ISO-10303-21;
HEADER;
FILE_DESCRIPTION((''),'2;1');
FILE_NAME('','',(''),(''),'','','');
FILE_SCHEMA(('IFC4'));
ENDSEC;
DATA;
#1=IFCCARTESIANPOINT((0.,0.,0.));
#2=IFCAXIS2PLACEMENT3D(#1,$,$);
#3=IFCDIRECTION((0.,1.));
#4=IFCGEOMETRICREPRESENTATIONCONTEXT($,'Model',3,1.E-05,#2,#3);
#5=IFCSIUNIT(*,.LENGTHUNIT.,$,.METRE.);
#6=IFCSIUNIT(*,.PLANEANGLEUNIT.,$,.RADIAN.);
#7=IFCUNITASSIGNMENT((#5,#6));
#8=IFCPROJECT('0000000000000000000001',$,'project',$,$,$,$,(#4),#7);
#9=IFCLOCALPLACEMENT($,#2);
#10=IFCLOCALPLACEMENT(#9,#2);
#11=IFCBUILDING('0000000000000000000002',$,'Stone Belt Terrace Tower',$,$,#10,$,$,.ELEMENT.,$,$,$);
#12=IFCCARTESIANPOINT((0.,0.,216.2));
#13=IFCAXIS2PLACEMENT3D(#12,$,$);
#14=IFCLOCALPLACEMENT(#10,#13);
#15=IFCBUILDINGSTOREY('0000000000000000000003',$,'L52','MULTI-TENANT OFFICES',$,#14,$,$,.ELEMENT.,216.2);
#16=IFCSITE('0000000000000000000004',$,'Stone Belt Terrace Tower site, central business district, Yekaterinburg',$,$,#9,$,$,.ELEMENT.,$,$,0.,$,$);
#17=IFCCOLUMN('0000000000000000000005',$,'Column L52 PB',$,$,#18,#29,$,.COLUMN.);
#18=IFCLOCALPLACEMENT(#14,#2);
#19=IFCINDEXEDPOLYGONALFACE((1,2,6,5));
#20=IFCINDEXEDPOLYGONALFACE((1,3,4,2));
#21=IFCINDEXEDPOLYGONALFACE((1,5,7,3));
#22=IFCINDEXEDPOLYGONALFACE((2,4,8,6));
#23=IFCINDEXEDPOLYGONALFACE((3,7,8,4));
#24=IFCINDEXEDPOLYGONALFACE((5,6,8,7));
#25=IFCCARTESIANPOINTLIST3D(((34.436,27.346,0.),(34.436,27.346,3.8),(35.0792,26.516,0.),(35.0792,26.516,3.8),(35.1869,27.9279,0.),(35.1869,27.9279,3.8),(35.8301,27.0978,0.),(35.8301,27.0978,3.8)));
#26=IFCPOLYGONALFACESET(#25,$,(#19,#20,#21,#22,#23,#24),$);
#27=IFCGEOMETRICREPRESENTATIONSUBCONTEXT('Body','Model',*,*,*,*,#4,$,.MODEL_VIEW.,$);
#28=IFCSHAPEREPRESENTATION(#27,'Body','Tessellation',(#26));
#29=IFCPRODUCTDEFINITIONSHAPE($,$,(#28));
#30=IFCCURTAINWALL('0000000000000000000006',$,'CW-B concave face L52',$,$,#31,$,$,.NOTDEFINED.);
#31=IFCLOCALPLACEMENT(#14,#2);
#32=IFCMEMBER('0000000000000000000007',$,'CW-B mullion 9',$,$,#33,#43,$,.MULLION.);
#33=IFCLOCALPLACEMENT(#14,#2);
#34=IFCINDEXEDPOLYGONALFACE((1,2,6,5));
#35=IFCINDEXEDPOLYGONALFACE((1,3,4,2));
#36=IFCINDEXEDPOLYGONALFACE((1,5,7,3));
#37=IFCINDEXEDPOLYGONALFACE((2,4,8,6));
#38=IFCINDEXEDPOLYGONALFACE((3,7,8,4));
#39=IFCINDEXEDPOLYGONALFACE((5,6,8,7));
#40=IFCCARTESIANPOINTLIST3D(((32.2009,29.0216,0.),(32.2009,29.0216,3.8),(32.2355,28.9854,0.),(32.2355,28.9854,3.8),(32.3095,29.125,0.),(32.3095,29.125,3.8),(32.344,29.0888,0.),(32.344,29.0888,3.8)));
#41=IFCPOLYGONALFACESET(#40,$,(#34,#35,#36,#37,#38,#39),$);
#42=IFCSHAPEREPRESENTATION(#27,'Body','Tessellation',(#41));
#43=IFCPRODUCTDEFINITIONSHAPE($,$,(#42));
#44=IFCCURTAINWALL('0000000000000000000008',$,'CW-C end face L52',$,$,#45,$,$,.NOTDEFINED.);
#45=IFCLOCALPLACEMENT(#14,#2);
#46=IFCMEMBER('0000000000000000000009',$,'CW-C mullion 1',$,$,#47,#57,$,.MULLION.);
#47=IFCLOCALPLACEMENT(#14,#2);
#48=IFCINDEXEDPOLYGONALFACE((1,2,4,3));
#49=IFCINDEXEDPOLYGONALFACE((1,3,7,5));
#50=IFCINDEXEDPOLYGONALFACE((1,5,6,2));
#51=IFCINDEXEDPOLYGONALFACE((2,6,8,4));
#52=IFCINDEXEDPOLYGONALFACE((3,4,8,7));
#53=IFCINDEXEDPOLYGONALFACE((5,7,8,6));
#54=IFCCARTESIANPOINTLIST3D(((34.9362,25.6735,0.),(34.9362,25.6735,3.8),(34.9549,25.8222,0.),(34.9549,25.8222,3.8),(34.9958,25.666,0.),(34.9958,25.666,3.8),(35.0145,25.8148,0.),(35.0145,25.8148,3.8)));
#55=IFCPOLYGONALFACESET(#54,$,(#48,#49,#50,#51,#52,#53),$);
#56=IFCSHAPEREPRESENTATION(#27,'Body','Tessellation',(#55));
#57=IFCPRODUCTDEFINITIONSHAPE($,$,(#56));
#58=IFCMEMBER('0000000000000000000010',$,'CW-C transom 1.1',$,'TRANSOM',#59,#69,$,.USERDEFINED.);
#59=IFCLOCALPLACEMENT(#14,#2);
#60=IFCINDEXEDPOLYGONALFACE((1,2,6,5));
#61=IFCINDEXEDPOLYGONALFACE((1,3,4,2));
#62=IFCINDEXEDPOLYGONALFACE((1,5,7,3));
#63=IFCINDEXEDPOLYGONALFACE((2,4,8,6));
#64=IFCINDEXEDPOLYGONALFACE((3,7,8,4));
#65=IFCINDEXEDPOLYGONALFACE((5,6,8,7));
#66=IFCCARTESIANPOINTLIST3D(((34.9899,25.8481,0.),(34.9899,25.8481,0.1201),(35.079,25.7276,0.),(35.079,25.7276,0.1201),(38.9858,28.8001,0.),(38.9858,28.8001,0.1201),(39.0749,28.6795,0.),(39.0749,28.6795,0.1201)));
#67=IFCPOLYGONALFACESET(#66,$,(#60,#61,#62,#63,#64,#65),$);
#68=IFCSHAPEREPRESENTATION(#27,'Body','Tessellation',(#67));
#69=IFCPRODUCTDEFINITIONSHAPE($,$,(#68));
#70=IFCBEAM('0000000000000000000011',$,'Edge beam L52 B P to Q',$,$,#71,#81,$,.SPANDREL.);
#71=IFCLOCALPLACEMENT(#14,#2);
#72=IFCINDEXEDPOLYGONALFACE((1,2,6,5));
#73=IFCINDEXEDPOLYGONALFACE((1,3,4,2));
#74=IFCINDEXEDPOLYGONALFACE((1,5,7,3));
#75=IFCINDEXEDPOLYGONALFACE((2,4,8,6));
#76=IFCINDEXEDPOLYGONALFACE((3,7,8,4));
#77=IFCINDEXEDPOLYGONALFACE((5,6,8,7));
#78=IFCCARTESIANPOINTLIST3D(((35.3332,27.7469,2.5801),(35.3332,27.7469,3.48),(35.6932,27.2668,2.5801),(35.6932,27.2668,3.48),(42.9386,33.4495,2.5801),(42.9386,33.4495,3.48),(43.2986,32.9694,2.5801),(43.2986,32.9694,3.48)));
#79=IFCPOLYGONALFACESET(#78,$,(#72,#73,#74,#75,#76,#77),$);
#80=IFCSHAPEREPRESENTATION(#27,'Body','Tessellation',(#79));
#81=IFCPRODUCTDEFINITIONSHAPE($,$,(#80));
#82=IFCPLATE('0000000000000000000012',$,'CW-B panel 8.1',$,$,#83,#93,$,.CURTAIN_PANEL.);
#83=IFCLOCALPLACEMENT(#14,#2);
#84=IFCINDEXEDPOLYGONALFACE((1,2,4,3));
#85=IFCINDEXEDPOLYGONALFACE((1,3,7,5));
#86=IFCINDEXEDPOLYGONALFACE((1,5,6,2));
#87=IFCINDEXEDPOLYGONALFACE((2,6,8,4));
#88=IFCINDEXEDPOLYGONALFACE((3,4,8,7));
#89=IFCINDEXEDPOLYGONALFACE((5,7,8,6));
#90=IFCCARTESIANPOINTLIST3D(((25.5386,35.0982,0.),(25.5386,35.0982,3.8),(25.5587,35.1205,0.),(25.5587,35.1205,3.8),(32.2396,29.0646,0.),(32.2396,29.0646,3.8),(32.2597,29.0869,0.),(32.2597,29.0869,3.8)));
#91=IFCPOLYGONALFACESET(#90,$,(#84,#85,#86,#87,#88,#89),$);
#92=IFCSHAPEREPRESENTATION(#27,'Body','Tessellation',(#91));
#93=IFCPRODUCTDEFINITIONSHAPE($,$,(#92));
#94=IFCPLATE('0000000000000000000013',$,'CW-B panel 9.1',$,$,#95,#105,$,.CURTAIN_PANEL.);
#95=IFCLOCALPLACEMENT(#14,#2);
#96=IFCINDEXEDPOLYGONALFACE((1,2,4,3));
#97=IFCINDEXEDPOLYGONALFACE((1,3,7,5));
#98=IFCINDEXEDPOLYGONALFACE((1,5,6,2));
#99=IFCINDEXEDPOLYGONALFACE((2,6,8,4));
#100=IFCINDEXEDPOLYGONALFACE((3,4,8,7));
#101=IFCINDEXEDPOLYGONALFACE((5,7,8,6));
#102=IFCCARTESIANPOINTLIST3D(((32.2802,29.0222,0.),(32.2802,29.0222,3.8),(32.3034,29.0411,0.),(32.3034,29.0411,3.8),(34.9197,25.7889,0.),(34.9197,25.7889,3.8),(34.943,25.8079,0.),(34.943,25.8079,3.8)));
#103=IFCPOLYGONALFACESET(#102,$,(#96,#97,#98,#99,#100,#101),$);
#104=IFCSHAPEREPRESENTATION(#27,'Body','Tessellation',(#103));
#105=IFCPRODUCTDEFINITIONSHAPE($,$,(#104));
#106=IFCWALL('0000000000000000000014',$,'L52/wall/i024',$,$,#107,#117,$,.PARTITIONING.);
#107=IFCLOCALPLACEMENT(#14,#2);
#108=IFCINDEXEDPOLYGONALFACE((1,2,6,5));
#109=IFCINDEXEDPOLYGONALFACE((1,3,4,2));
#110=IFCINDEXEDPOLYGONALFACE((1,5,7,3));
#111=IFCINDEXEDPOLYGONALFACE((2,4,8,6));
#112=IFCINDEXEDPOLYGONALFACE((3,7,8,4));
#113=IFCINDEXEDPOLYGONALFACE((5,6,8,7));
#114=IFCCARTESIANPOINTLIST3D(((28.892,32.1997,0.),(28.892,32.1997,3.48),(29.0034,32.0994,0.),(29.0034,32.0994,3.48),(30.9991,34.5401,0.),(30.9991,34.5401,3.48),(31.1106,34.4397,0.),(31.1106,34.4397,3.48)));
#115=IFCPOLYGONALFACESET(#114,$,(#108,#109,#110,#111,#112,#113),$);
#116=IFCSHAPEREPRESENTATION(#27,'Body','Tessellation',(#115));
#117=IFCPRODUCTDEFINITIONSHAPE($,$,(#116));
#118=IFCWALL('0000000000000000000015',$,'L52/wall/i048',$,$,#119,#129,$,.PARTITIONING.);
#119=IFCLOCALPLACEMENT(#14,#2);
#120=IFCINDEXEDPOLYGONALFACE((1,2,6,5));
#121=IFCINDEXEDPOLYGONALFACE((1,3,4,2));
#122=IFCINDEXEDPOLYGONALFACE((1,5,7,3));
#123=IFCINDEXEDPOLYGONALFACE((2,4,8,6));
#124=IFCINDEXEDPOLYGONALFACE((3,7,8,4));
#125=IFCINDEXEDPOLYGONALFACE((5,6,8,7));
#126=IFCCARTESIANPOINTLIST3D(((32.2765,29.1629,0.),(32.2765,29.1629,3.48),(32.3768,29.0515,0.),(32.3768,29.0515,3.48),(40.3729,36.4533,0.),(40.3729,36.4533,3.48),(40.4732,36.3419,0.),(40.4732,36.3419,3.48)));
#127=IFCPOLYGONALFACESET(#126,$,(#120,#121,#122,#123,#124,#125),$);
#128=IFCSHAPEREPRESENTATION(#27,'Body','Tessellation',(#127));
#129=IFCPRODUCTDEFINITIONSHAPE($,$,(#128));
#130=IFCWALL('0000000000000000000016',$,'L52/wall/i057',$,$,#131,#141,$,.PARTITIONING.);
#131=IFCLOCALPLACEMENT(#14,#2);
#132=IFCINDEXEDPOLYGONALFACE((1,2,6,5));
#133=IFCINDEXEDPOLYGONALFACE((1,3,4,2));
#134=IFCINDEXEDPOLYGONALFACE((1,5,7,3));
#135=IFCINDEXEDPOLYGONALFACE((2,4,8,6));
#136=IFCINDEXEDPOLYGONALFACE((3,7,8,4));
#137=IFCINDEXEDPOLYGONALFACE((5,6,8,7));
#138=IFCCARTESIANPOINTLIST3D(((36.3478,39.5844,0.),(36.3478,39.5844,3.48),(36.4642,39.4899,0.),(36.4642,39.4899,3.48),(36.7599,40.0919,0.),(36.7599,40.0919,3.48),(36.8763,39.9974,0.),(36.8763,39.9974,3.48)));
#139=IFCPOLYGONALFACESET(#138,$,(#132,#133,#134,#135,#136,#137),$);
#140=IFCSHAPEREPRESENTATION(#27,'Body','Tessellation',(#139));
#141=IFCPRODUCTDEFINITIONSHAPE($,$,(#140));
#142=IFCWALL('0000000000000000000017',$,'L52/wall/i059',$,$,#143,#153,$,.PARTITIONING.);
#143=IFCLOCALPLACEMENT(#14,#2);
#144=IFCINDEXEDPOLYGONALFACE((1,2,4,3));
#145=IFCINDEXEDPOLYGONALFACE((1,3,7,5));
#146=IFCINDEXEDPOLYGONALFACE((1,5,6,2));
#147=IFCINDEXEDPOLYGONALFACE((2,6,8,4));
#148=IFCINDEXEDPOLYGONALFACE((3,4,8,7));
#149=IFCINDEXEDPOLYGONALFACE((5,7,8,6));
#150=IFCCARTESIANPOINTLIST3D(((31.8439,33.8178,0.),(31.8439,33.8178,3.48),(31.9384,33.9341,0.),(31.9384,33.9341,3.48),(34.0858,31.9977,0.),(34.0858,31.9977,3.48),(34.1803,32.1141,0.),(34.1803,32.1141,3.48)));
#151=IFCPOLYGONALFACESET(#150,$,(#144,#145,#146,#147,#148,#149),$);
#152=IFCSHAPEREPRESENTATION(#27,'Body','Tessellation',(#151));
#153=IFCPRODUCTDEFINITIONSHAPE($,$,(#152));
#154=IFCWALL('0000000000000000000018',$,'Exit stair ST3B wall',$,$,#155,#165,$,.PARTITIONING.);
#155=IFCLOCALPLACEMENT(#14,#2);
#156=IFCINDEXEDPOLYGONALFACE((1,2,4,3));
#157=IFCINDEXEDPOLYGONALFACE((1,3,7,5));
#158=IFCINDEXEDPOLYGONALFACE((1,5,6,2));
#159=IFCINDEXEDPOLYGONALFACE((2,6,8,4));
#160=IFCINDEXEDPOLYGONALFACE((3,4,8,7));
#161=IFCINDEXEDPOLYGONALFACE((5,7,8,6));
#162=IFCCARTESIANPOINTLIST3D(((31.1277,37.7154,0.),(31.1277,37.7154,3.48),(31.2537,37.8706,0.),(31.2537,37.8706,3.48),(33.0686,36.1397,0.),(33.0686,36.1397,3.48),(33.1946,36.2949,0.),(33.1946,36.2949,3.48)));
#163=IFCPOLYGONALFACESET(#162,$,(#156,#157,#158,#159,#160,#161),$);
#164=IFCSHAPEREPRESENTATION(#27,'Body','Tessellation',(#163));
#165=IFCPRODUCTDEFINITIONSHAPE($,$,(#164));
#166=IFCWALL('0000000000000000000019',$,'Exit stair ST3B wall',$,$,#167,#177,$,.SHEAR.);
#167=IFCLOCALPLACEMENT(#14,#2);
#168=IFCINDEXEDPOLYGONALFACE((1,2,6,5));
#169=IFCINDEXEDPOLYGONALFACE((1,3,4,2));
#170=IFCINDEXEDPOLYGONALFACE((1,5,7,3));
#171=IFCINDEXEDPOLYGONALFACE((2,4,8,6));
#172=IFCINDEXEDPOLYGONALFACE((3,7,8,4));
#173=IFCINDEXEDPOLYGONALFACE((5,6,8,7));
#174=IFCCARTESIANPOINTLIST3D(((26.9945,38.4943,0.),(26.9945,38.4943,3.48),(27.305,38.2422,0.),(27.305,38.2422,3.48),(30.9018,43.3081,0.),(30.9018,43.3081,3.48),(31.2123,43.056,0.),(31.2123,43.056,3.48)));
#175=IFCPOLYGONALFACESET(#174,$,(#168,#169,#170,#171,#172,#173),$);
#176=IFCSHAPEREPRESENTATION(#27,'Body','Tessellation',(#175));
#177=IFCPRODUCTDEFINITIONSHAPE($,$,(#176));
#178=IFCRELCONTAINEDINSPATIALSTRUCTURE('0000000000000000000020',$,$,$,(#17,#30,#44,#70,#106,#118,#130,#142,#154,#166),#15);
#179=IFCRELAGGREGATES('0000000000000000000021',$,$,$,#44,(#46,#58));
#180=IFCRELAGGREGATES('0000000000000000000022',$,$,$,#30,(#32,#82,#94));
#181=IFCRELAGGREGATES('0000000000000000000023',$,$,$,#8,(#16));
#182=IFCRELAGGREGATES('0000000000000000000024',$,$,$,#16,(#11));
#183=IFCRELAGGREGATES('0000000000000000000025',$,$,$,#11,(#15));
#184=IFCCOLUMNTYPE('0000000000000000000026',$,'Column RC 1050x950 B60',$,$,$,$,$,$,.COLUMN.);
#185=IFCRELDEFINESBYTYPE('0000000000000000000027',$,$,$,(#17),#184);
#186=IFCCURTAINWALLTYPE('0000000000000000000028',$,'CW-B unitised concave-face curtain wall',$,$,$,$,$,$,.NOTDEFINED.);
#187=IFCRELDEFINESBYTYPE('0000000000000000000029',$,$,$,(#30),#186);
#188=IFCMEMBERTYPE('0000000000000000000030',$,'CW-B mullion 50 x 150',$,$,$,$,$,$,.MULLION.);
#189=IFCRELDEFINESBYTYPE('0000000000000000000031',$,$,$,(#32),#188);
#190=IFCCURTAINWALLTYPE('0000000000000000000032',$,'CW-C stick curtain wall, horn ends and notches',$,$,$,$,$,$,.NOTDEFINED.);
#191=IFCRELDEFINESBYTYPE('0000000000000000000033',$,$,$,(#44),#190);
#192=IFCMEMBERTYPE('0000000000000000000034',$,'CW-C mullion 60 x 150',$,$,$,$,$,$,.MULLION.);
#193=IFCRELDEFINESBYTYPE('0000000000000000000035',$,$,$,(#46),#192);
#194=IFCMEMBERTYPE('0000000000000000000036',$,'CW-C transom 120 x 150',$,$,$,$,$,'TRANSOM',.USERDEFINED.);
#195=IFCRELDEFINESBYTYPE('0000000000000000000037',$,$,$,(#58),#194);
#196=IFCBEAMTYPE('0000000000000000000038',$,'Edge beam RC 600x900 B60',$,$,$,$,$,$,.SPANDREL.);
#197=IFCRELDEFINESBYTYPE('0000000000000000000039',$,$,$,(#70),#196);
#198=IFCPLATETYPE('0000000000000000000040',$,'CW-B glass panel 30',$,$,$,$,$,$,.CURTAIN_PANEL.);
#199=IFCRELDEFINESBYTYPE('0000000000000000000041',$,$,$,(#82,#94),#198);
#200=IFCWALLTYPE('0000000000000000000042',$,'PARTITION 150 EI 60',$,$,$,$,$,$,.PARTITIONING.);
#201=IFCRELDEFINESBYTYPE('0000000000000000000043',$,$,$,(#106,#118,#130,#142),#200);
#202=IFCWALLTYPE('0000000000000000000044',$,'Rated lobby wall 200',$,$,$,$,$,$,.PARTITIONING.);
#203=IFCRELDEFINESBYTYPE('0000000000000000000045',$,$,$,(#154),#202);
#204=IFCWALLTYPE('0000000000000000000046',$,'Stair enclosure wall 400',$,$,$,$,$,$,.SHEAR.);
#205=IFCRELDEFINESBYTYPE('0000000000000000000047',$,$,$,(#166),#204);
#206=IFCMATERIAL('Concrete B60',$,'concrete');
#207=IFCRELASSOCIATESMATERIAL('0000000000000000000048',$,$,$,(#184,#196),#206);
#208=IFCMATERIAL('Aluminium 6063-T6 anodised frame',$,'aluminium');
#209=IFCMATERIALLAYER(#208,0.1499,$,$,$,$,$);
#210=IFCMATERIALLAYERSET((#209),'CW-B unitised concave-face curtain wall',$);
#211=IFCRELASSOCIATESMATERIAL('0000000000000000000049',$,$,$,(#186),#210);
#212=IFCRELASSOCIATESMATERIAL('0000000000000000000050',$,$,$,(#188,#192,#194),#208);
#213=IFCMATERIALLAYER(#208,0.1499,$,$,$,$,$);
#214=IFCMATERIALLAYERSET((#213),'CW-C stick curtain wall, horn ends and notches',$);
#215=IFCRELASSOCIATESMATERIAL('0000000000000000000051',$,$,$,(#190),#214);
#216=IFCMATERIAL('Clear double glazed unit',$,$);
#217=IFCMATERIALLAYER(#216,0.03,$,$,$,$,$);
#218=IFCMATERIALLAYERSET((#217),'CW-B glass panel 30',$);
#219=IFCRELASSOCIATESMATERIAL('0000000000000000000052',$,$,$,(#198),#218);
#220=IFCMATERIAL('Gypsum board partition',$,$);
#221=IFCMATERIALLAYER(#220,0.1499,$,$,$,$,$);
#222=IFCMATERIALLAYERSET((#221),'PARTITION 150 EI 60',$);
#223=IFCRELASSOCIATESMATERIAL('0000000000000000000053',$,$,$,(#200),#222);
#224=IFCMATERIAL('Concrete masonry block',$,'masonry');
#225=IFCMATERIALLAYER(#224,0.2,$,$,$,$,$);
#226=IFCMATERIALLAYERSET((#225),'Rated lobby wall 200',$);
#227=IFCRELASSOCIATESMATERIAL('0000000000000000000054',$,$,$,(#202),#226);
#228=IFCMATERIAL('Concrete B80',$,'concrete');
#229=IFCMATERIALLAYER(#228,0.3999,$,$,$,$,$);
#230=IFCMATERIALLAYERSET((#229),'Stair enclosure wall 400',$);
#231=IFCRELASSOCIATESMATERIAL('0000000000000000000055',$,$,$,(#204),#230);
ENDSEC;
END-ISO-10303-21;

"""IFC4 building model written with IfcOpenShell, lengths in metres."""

from ifc_helpers import new_model, si_unit, direction, frame, frame_2d, origin, origin_2d, place, context, subcontext, project, spatial, rectangle, extrude, material, layer, layer_set, material_profile, profile_set, type_object, element, aggregate, save


model = new_model("IFC4")

# Units and contexts
model_context = context("Model", 3, precision=1e-05, world=origin(), true_north=direction((0.0, 1.0)))
body_context = subcontext(model_context, "Body", "Model", "MODEL_VIEW")
ifc_project = project(units=[si_unit("LENGTHUNIT", "METRE"), si_unit("PLANEANGLEUNIT", "RADIAN")], contexts=[model_context])

# Site, building, storey
site_placement = place(None, origin())
site = spatial("IfcSite", under=ifc_project, at=site_placement, Name="Stone Belt Terrace Tower site, central business district, Yekaterinburg", CompositionType="ELEMENT", RefElevation=0.0)
building_placement = place(site_placement, origin())
building = spatial("IfcBuilding", under=site, at=building_placement, Name="Stone Belt Terrace Tower", CompositionType="ELEMENT")
storey_placement = place(building_placement, frame((0.0, 0.0, 216.2)))
storey = spatial("IfcBuildingStorey", under=building, at=storey_placement, Name="L52", Description="MULTI-TENANT OFFICES", CompositionType="ELEMENT", Elevation=216.2)

# Column
ifc_material_1 = material(Name="Concrete B60", Category="concrete")
ifc_material_profile_1 = material_profile(ifc_material_1, rectangle(XDim=1.05, YDim=0.95, at=origin_2d()), Name="RC 1050x950")
ifc_profile_set_1 = profile_set([ifc_material_profile_1], Name="Concrete B60")
column_type = type_object("IfcColumnType", Name="Column RC 1050x950 B60", PredefinedType="COLUMN", material=ifc_profile_set_1)
column_placement = place(storey_placement, frame((35.1331, 27.2219, 0.0), z_axis=(0.0, 0.0, 1.0), x_axis=(0.612485, -0.790482, 0.0)))
element("IfcColumn", 1, at=column_placement, inside=storey, type_object=column_type, Name="Column L52 PB", PredefinedType="COLUMN", context=body_context, shape_type="SweptSolid", body=[
    extrude(rectangle(XDim=1.05, YDim=0.95, at=origin_2d()), origin(), (0.0, 0.0, 1.0), 3.8),
])

# Curtain wall, member
ifc_material_2 = material(Name="Aluminium 6063-T6 anodised frame", Category="aluminium")
ifc_layer_1 = layer(ifc_material_2, 0.1499)
ifc_layer_set_1 = layer_set([ifc_layer_1], Name="CW-B unitised concave-face curtain wall")
curtain_wall_type_1 = type_object("IfcCurtainWallType", Name="CW-B unitised concave-face curtain wall", PredefinedType="NOTDEFINED", material=ifc_layer_set_1)
curtain_wall_1_placement = place(storey_placement, origin())
curtain_wall_1 = element("IfcCurtainWall", 2, at=curtain_wall_1_placement, inside=storey, type_object=curtain_wall_type_1, Name="CW-B concave face L52", PredefinedType="NOTDEFINED")
ifc_material_profile_2 = material_profile(ifc_material_2, rectangle(XDim=0.1499, YDim=0.05, at=origin_2d()), Name="Aluminium 6063-T6 50x150")
ifc_profile_set_2 = profile_set([ifc_material_profile_2], Name="Aluminium 6063-T6 anodised frame")
member_type_1 = type_object("IfcMemberType", Name="CW-B mullion 50 x 150", PredefinedType="MULLION", material=ifc_profile_set_2)
member_1_placement = place(storey_placement, frame((32.2725, 29.0552, 0.0), z_axis=(0.0, 0.0, 1.0), x_axis=(0.724008, 0.689792, 0.0)))
member_1 = element("IfcMember", 3, at=member_1_placement, type_object=member_type_1, Name="CW-B mullion 9", PredefinedType="MULLION", context=body_context, shape_type="SweptSolid", body=[
    extrude(rectangle(XDim=0.1499, YDim=0.05, at=origin_2d()), origin(), (0.0, 0.0, 1.0), 3.8),
])

# Curtain wall, members
ifc_layer_2 = layer(ifc_material_2, 0.1499)
ifc_layer_set_2 = layer_set([ifc_layer_2], Name="CW-C stick curtain wall, horn ends and notches")
curtain_wall_type_2 = type_object("IfcCurtainWallType", Name="CW-C stick curtain wall, horn ends and notches", PredefinedType="NOTDEFINED", material=ifc_layer_set_2)
curtain_wall_2_placement = place(storey_placement, origin())
curtain_wall_2 = element("IfcCurtainWall", 4, at=curtain_wall_2_placement, inside=storey, type_object=curtain_wall_type_2, Name="CW-C end face L52", PredefinedType="NOTDEFINED")
ifc_material_profile_3 = material_profile(ifc_material_2, rectangle(XDim=0.1499, YDim=0.0601, at=origin_2d()), Name="Aluminium 6063-T6 60x150")
ifc_profile_set_3 = profile_set([ifc_material_profile_3], Name="Aluminium 6063-T6 anodised frame")
member_type_2 = type_object("IfcMemberType", Name="CW-C mullion 60 x 150", PredefinedType="MULLION", material=ifc_profile_set_3)
member_2_placement = place(storey_placement, frame((34.9753, 25.7441, 0.0), z_axis=(0.0, 0.0, 1.0), x_axis=(0.124626, 0.992204, 0.0)))
member_2 = element("IfcMember", 5, at=member_2_placement, type_object=member_type_2, Name="CW-C mullion 1", PredefinedType="MULLION", context=body_context, shape_type="SweptSolid", body=[
    extrude(rectangle(XDim=0.1499, YDim=0.0601, at=origin_2d()), origin(), (0.0, 0.0, 1.0), 3.8),
])
ifc_material_profile_4 = material_profile(ifc_material_2, rectangle(XDim=0.1499, YDim=0.1201, at=origin_2d()), Name="Aluminium 6063-T6 150x120")
ifc_profile_set_4 = profile_set([ifc_material_profile_4], Name="Aluminium 6063-T6 anodised frame")
member_type_3 = type_object("IfcMemberType", Name="CW-C transom 120 x 150", ElementType="TRANSOM", PredefinedType="USERDEFINED", material=ifc_profile_set_4)
member_3_placement = place(storey_placement, frame((35.0344, 25.7878, 0.0601), z_axis=(0.804325, 0.594189, 0.0), x_axis=(-0.594189, 0.804325, 0.0)))
member_3 = element("IfcMember", 6, at=member_3_placement, type_object=member_type_3, Name="CW-C transom 1.1", ObjectType="TRANSOM", PredefinedType="USERDEFINED", context=body_context, shape_type="SweptSolid", body=[
    extrude(rectangle(XDim=0.1499, YDim=0.1201, at=origin_2d()), origin(), (0.0, 0.0, 1.0), 4.968),
])
aggregate(curtain_wall_2, [member_2, member_3])

# Beam
ifc_material_profile_5 = material_profile(ifc_material_1, rectangle(XDim=0.6001, YDim=0.8999, at=origin_2d()), Name="RC 600x900")
ifc_profile_set_5 = profile_set([ifc_material_profile_5], Name="Concrete B60")
beam_type = type_object("IfcBeamType", Name="Edge beam RC 600x900 B60", PredefinedType="SPANDREL", material=ifc_profile_set_5)
beam_placement = place(storey_placement, frame((35.5132, 27.5068, 3.03), z_axis=(0.800074, 0.599901, 0.0), x_axis=(-0.599901, 0.800074, 0.0)))
element("IfcBeam", 7, at=beam_placement, inside=storey, type_object=beam_type, Name="Edge beam L52 B P to Q", PredefinedType="SPANDREL", context=body_context, shape_type="SweptSolid", body=[
    extrude(rectangle(XDim=0.6001, YDim=0.8999, at=origin_2d()), origin(), (0.0, 0.0, 1.0), 9.5059),
])

# Plates
ifc_material_3 = material(Name="Clear double glazed unit")
ifc_layer_3 = layer(ifc_material_3, 0.03)
ifc_layer_set_3 = layer_set([ifc_layer_3], Name="CW-B glass panel 30")
plate_type = type_object("IfcPlateType", Name="CW-B glass panel 30", PredefinedType="CURTAIN_PANEL", material=ifc_layer_set_3)
plate_1_placement = place(storey_placement, frame((28.8992, 32.0925, 0.0), z_axis=(0.0, 0.0, 1.0), x_axis=(0.743145, -0.669131, 0.0)))
plate_1 = element("IfcPlate", 8, at=plate_1_placement, type_object=plate_type, Name="CW-B panel 8.1", PredefinedType="CURTAIN_PANEL", context=body_context, shape_type="SweptSolid", body=[
    extrude(rectangle(XDim=9.0171, YDim=0.03, at=origin_2d()), origin(), (0.0, 0.0, 1.0), 3.8),
])
plate_2_placement = place(storey_placement, frame((33.6116, 27.415, 0.0), z_axis=(0.0, 0.0, 1.0), x_axis=(0.632398, -0.774644, 0.0)))
plate_2 = element("IfcPlate", 9, at=plate_2_placement, type_object=plate_type, Name="CW-B panel 9.1", PredefinedType="CURTAIN_PANEL", context=body_context, shape_type="SweptSolid", body=[
    extrude(rectangle(XDim=4.1738, YDim=0.03, at=origin_2d()), origin(), (0.0, 0.0, 1.0), 3.8),
])
aggregate(curtain_wall_1, [member_1, plate_1, plate_2])

# Walls
ifc_material_4 = material(Name="Gypsum board partition")
ifc_layer_4 = layer(ifc_material_4, 0.1499)
ifc_layer_set_4 = layer_set([ifc_layer_4], Name="PARTITION 150 EI 60")
wall_type_1 = type_object("IfcWallType", Name="PARTITION 150 EI 60", PredefinedType="PARTITIONING", material=ifc_layer_set_4)
wall_1_placement = place(storey_placement, frame((31.0549, 34.49, 0.0), z_axis=(0.0, 0.0, 1.0), x_axis=(-0.669119, -0.743155, 0.0)))
element("IfcWall", 10, at=wall_1_placement, inside=storey, type_object=wall_type_1, Name="L52/wall/i024", PredefinedType="PARTITIONING", context=body_context, shape_type="SweptSolid", body=[
    extrude(rectangle(XDim=3.1492, YDim=0.1499, at=frame_2d((1.5747, 0.0))), origin(), (0.0, 0.0, 1.0), 3.48),
])
wall_2_placement = place(storey_placement, frame((32.3267, 29.1072, 0.0), z_axis=(0.0, 0.0, 1.0), x_axis=(0.743124, 0.669154, 0.0)))
element("IfcWall", 11, at=wall_2_placement, inside=storey, type_object=wall_type_1, Name="L52/wall/i048", PredefinedType="PARTITIONING", context=body_context, shape_type="SweptSolid", body=[
    extrude(rectangle(XDim=10.895, YDim=0.1499, at=frame_2d((5.4475, 0.0))), origin(), (0.0, 0.0, 1.0), 3.48),
])
wall_3_placement = place(storey_placement, frame((36.406, 39.5371, 0.0), z_axis=(0.0, 0.0, 1.0), x_axis=(0.630325, 0.776331, 0.0)))
element("IfcWall", 12, at=wall_3_placement, inside=storey, type_object=wall_type_1, Name="L52/wall/i057", PredefinedType="PARTITIONING", context=body_context, shape_type="SweptSolid", body=[
    extrude(rectangle(XDim=0.6538, YDim=0.1499, at=frame_2d((0.3269, 0.0))), origin(), (0.0, 0.0, 1.0), 3.48),
])
wall_4_placement = place(storey_placement, frame((34.1331, 32.0559, 0.0), z_axis=(0.0, 0.0, 1.0), x_axis=(-0.77637, 0.630277, 0.0)))
element("IfcWall", 13, at=wall_4_placement, inside=storey, type_object=wall_type_1, Name="L52/wall/i059", PredefinedType="PARTITIONING", context=body_context, shape_type="SweptSolid", body=[
    extrude(rectangle(XDim=2.8877, YDim=0.1499, at=frame_2d((1.4438, 0.0))), origin(), (0.0, 0.0, 1.0), 3.48),
])
ifc_material_5 = material(Name="Concrete masonry block", Category="masonry")
ifc_layer_5 = layer(ifc_material_5, 0.2)
ifc_layer_set_5 = layer_set([ifc_layer_5], Name="Rated lobby wall 200")
wall_type_2 = type_object("IfcWallType", Name="Rated lobby wall 200", PredefinedType="PARTITIONING", material=ifc_layer_set_5)
wall_5_placement = place(storey_placement, frame((31.1907, 37.793, 0.0), z_axis=(0.0, 0.0, 1.0), x_axis=(0.776371, -0.630276, 0.0)))
element("IfcWall", 14, at=wall_5_placement, inside=storey, type_object=wall_type_2, Name="Exit stair ST3B wall", PredefinedType="PARTITIONING", context=body_context, shape_type="SweptSolid", body=[
    extrude(rectangle(XDim=2.5, YDim=0.2, at=frame_2d((1.25, 0.0))), origin(), (0.0, 0.0, 1.0), 3.48),
])
ifc_material_6 = material(Name="Concrete B80", Category="concrete")
ifc_layer_6 = layer(ifc_material_6, 0.3999)
ifc_layer_set_6 = layer_set([ifc_layer_6], Name="Stair enclosure wall 400")
wall_type_3 = type_object("IfcWallType", Name="Stair enclosure wall 400", PredefinedType="SHEAR", material=ifc_layer_set_6)
wall_6_placement = place(storey_placement, frame((27.1497, 38.3682, 0.0), z_axis=(0.0, 0.0, 1.0), x_axis=(0.630212, 0.776423, 0.0)))
element("IfcWall", 15, at=wall_6_placement, inside=storey, type_object=wall_type_3, Name="Exit stair ST3B wall", PredefinedType="SHEAR", context=body_context, shape_type="SweptSolid", body=[
    extrude(rectangle(XDim=6.2, YDim=0.3999, at=frame_2d((3.1001, 0.0))), origin(), (0.0, 0.0, 1.0), 3.48),
])

save(model, "model.ifc")
